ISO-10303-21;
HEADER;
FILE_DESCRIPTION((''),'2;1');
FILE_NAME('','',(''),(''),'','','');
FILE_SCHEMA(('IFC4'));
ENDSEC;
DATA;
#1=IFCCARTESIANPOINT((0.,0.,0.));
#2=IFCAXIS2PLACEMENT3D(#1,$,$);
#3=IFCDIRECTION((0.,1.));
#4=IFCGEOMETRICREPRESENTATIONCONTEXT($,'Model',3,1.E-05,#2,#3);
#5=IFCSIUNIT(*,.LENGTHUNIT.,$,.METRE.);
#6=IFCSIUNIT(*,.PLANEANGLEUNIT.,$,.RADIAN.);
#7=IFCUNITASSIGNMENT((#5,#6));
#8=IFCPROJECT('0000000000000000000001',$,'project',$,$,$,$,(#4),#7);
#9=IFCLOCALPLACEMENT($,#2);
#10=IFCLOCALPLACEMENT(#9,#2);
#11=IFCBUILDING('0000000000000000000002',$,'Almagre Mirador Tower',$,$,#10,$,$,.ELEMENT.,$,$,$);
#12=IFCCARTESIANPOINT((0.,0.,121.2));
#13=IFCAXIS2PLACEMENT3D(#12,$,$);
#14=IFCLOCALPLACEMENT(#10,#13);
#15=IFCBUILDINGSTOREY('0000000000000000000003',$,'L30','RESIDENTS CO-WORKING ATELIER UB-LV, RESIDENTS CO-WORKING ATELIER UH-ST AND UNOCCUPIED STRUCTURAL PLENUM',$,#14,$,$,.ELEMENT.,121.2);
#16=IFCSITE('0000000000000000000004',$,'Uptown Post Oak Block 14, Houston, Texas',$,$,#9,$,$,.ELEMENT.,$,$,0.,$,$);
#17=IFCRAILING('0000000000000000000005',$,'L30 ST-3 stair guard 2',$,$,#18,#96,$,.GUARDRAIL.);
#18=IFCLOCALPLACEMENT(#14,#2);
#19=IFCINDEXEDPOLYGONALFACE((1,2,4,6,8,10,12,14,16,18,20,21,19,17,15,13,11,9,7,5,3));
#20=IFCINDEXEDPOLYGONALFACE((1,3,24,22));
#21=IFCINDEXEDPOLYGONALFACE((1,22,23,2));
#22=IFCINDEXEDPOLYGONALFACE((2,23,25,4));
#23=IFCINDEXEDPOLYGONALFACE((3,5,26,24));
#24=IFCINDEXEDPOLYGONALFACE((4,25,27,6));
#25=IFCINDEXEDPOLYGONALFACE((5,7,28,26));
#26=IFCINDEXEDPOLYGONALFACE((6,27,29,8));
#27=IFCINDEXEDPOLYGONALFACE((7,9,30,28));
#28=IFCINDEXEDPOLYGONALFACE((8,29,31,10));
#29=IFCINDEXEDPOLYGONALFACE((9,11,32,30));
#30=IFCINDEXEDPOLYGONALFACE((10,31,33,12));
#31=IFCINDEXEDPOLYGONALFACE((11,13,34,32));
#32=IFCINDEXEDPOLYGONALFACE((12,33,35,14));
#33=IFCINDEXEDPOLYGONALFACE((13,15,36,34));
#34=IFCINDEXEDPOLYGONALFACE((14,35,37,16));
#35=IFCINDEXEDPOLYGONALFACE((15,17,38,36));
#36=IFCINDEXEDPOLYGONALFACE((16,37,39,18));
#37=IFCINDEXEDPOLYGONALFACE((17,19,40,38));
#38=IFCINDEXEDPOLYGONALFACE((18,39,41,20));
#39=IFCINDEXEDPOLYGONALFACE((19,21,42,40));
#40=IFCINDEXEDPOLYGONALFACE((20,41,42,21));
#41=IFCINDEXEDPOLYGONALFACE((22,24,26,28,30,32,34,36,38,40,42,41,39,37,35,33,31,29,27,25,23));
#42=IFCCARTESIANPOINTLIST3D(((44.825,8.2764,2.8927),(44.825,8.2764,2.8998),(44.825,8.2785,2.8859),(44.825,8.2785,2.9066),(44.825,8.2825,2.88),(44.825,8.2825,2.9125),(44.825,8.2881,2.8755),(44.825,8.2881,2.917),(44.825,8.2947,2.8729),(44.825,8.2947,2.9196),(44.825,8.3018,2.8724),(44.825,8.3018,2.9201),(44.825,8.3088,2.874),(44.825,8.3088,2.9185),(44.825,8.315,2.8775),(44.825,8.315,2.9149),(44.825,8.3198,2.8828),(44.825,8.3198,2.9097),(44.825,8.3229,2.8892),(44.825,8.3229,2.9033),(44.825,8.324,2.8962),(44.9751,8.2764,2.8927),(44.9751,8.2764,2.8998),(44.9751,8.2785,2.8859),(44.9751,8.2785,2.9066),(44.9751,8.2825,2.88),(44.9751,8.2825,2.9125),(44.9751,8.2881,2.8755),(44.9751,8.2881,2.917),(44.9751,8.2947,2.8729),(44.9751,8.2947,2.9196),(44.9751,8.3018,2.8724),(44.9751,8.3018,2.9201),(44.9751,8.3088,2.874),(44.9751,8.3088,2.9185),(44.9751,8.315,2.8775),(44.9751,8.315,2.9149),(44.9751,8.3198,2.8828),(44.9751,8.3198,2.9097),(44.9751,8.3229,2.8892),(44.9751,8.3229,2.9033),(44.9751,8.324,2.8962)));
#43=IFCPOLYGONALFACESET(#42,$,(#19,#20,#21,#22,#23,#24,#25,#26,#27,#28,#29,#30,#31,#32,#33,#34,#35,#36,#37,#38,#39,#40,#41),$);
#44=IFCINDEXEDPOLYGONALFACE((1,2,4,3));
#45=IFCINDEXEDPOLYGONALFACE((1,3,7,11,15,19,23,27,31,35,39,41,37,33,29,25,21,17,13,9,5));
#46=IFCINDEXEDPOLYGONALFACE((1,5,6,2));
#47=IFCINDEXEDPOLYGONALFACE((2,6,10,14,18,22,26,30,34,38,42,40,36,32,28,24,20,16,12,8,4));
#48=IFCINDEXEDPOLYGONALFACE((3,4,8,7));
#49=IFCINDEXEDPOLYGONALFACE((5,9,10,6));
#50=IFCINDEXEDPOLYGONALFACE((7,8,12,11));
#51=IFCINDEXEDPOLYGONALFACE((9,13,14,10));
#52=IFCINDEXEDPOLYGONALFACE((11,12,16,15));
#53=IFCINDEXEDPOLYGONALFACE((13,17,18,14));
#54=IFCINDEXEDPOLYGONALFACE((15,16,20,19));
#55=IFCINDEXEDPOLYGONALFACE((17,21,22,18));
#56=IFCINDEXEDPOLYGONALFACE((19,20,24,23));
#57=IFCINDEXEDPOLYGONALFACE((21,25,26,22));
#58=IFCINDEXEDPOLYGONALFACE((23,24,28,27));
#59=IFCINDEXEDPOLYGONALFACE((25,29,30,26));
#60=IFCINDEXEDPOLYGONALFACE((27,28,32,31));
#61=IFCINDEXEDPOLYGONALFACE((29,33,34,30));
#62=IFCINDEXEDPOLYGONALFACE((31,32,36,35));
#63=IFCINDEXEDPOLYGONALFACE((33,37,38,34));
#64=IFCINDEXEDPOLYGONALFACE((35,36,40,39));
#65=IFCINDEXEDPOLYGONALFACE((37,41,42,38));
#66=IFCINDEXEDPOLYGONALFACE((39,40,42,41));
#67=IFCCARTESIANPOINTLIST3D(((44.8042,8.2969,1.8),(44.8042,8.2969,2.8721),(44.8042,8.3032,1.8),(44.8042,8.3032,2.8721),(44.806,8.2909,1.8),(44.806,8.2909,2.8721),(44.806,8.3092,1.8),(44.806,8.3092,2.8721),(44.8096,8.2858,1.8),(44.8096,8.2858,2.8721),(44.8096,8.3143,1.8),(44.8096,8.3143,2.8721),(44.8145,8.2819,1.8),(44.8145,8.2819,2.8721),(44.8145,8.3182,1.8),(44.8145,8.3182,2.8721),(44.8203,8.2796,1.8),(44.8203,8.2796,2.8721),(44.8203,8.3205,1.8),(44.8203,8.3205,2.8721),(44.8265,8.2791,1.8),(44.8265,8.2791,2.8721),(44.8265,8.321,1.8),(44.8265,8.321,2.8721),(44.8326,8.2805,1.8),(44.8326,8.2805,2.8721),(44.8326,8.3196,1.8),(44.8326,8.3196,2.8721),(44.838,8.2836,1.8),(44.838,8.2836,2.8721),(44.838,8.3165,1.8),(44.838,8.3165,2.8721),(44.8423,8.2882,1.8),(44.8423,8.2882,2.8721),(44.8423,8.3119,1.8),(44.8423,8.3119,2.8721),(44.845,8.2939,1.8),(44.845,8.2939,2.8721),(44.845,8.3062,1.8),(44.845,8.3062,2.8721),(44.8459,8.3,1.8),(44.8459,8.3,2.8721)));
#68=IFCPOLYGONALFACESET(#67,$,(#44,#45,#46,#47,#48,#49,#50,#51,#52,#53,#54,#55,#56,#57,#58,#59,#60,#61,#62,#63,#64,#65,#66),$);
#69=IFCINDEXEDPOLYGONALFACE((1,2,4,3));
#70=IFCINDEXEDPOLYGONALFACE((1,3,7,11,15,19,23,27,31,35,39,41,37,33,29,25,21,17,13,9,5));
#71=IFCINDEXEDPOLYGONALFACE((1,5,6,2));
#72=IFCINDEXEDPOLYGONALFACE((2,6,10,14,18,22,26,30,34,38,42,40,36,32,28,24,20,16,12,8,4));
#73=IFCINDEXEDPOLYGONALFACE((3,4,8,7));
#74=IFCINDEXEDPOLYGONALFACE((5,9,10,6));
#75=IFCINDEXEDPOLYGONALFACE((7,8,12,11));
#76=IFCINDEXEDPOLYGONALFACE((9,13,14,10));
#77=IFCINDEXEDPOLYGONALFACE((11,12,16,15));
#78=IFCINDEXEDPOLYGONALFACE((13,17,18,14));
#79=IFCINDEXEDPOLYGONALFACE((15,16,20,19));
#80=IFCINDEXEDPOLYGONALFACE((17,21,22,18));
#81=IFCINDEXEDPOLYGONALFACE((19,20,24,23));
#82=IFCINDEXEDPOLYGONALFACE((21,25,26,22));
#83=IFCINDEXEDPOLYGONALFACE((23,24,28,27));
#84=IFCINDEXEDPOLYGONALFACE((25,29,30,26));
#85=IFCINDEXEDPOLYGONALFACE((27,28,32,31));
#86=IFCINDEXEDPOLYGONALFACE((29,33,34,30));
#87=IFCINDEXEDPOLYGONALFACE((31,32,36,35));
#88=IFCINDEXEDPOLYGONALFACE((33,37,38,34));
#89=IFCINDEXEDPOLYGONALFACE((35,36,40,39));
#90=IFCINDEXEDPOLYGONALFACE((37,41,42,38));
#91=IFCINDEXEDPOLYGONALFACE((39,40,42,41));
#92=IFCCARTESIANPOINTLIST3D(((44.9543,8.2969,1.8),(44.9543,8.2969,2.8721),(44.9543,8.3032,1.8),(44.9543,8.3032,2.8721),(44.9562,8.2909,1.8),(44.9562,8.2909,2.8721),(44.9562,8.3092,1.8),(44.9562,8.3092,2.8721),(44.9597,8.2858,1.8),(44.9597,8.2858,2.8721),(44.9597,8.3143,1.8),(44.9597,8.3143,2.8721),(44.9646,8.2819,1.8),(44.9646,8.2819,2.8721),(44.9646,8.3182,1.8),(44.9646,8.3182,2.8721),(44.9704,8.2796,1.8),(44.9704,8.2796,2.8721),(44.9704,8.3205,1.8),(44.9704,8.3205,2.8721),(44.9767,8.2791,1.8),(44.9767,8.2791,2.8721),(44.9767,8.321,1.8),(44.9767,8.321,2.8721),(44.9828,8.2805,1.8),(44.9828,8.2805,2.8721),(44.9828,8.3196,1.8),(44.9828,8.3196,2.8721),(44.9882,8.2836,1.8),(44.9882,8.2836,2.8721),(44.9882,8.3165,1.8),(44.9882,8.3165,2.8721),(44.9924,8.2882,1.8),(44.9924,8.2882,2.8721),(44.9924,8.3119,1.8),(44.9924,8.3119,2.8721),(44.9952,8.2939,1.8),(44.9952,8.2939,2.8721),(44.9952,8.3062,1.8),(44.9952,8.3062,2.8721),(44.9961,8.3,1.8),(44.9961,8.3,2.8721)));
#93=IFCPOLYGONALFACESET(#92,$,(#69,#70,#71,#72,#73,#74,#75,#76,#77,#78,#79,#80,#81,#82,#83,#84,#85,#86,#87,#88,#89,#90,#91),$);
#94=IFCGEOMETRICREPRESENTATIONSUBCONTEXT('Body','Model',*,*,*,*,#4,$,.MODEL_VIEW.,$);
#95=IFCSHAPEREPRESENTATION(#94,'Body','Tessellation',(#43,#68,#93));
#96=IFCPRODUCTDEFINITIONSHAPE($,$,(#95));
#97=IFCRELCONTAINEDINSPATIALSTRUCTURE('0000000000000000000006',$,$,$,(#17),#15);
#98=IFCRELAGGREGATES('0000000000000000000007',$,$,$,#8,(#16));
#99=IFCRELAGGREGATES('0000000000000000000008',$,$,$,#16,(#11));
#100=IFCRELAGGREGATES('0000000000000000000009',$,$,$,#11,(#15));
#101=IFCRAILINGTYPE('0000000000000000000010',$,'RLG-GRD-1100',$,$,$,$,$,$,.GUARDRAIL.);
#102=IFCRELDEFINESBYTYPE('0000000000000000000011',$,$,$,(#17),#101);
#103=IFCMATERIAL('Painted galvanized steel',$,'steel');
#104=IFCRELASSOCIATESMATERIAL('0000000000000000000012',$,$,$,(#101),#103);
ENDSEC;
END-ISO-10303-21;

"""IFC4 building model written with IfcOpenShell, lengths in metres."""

from ifc_helpers import new_model, si_unit, direction, frame, origin, origin_2d, place, context, subcontext, project, spatial, circle, extrude, material, type_object, element, save


model = new_model("IFC4")

# Units and contexts
model_context = context("Model", 3, precision=1e-05, world=origin(), true_north=direction((0.0, 1.0)))
body_context = subcontext(model_context, "Body", "Model", "MODEL_VIEW")
ifc_project = project(units=[si_unit("LENGTHUNIT", "METRE"), si_unit("PLANEANGLEUNIT", "RADIAN")], contexts=[model_context])

# Site, building, storey
site_placement = place(None, origin())
site = spatial("IfcSite", under=ifc_project, at=site_placement, Name="Uptown Post Oak Block 14, Houston, Texas", CompositionType="ELEMENT", RefElevation=0.0)
building_placement = place(site_placement, origin())
building = spatial("IfcBuilding", under=site, at=building_placement, Name="Almagre Mirador Tower", CompositionType="ELEMENT")
storey_placement = place(building_placement, frame((0.0, 0.0, 121.2)))
storey = spatial("IfcBuildingStorey", under=building, at=storey_placement, Name="L30", Description="RESIDENTS CO-WORKING ATELIER UB-LV, RESIDENTS CO-WORKING ATELIER UH-ST AND UNOCCUPIED STRUCTURAL PLENUM", CompositionType="ELEMENT", Elevation=121.2)

# Railing
ifc_material_1 = material(Name="Painted galvanized steel", Category="steel")
railing_type = type_object("IfcRailingType", Name="RLG-GRD-1100", PredefinedType="GUARDRAIL", material=ifc_material_1)
railing_1_placement = place(storey_placement, frame((44.825, 8.3, 1.8)))
element("IfcRailing", 1, at=railing_1_placement, inside=storey, type_object=railing_type, Name="L30 ST-3 stair guard 2", PredefinedType="GUARDRAIL", context=body_context, shape_type="SweptSolid", body=[
    extrude(circle(Radius=0.0239, at=origin_2d()), frame((0.0, 0.0, 1.0962), z_axis=(1.0, 0.0, 0.0), x_axis=(0.0, 1.0, 0.0)), (0.0, 0.0, 1.0), 0.1501),
    extrude(circle(Radius=0.021, at=origin_2d()), origin(), (0.0, 0.0, 1.0), 1.072),
    extrude(circle(Radius=0.021, at=origin_2d()), frame((0.1501, 0.0, 0.0)), (0.0, 0.0, 1.0), 1.072),
])

save(model, "model.ifc")
